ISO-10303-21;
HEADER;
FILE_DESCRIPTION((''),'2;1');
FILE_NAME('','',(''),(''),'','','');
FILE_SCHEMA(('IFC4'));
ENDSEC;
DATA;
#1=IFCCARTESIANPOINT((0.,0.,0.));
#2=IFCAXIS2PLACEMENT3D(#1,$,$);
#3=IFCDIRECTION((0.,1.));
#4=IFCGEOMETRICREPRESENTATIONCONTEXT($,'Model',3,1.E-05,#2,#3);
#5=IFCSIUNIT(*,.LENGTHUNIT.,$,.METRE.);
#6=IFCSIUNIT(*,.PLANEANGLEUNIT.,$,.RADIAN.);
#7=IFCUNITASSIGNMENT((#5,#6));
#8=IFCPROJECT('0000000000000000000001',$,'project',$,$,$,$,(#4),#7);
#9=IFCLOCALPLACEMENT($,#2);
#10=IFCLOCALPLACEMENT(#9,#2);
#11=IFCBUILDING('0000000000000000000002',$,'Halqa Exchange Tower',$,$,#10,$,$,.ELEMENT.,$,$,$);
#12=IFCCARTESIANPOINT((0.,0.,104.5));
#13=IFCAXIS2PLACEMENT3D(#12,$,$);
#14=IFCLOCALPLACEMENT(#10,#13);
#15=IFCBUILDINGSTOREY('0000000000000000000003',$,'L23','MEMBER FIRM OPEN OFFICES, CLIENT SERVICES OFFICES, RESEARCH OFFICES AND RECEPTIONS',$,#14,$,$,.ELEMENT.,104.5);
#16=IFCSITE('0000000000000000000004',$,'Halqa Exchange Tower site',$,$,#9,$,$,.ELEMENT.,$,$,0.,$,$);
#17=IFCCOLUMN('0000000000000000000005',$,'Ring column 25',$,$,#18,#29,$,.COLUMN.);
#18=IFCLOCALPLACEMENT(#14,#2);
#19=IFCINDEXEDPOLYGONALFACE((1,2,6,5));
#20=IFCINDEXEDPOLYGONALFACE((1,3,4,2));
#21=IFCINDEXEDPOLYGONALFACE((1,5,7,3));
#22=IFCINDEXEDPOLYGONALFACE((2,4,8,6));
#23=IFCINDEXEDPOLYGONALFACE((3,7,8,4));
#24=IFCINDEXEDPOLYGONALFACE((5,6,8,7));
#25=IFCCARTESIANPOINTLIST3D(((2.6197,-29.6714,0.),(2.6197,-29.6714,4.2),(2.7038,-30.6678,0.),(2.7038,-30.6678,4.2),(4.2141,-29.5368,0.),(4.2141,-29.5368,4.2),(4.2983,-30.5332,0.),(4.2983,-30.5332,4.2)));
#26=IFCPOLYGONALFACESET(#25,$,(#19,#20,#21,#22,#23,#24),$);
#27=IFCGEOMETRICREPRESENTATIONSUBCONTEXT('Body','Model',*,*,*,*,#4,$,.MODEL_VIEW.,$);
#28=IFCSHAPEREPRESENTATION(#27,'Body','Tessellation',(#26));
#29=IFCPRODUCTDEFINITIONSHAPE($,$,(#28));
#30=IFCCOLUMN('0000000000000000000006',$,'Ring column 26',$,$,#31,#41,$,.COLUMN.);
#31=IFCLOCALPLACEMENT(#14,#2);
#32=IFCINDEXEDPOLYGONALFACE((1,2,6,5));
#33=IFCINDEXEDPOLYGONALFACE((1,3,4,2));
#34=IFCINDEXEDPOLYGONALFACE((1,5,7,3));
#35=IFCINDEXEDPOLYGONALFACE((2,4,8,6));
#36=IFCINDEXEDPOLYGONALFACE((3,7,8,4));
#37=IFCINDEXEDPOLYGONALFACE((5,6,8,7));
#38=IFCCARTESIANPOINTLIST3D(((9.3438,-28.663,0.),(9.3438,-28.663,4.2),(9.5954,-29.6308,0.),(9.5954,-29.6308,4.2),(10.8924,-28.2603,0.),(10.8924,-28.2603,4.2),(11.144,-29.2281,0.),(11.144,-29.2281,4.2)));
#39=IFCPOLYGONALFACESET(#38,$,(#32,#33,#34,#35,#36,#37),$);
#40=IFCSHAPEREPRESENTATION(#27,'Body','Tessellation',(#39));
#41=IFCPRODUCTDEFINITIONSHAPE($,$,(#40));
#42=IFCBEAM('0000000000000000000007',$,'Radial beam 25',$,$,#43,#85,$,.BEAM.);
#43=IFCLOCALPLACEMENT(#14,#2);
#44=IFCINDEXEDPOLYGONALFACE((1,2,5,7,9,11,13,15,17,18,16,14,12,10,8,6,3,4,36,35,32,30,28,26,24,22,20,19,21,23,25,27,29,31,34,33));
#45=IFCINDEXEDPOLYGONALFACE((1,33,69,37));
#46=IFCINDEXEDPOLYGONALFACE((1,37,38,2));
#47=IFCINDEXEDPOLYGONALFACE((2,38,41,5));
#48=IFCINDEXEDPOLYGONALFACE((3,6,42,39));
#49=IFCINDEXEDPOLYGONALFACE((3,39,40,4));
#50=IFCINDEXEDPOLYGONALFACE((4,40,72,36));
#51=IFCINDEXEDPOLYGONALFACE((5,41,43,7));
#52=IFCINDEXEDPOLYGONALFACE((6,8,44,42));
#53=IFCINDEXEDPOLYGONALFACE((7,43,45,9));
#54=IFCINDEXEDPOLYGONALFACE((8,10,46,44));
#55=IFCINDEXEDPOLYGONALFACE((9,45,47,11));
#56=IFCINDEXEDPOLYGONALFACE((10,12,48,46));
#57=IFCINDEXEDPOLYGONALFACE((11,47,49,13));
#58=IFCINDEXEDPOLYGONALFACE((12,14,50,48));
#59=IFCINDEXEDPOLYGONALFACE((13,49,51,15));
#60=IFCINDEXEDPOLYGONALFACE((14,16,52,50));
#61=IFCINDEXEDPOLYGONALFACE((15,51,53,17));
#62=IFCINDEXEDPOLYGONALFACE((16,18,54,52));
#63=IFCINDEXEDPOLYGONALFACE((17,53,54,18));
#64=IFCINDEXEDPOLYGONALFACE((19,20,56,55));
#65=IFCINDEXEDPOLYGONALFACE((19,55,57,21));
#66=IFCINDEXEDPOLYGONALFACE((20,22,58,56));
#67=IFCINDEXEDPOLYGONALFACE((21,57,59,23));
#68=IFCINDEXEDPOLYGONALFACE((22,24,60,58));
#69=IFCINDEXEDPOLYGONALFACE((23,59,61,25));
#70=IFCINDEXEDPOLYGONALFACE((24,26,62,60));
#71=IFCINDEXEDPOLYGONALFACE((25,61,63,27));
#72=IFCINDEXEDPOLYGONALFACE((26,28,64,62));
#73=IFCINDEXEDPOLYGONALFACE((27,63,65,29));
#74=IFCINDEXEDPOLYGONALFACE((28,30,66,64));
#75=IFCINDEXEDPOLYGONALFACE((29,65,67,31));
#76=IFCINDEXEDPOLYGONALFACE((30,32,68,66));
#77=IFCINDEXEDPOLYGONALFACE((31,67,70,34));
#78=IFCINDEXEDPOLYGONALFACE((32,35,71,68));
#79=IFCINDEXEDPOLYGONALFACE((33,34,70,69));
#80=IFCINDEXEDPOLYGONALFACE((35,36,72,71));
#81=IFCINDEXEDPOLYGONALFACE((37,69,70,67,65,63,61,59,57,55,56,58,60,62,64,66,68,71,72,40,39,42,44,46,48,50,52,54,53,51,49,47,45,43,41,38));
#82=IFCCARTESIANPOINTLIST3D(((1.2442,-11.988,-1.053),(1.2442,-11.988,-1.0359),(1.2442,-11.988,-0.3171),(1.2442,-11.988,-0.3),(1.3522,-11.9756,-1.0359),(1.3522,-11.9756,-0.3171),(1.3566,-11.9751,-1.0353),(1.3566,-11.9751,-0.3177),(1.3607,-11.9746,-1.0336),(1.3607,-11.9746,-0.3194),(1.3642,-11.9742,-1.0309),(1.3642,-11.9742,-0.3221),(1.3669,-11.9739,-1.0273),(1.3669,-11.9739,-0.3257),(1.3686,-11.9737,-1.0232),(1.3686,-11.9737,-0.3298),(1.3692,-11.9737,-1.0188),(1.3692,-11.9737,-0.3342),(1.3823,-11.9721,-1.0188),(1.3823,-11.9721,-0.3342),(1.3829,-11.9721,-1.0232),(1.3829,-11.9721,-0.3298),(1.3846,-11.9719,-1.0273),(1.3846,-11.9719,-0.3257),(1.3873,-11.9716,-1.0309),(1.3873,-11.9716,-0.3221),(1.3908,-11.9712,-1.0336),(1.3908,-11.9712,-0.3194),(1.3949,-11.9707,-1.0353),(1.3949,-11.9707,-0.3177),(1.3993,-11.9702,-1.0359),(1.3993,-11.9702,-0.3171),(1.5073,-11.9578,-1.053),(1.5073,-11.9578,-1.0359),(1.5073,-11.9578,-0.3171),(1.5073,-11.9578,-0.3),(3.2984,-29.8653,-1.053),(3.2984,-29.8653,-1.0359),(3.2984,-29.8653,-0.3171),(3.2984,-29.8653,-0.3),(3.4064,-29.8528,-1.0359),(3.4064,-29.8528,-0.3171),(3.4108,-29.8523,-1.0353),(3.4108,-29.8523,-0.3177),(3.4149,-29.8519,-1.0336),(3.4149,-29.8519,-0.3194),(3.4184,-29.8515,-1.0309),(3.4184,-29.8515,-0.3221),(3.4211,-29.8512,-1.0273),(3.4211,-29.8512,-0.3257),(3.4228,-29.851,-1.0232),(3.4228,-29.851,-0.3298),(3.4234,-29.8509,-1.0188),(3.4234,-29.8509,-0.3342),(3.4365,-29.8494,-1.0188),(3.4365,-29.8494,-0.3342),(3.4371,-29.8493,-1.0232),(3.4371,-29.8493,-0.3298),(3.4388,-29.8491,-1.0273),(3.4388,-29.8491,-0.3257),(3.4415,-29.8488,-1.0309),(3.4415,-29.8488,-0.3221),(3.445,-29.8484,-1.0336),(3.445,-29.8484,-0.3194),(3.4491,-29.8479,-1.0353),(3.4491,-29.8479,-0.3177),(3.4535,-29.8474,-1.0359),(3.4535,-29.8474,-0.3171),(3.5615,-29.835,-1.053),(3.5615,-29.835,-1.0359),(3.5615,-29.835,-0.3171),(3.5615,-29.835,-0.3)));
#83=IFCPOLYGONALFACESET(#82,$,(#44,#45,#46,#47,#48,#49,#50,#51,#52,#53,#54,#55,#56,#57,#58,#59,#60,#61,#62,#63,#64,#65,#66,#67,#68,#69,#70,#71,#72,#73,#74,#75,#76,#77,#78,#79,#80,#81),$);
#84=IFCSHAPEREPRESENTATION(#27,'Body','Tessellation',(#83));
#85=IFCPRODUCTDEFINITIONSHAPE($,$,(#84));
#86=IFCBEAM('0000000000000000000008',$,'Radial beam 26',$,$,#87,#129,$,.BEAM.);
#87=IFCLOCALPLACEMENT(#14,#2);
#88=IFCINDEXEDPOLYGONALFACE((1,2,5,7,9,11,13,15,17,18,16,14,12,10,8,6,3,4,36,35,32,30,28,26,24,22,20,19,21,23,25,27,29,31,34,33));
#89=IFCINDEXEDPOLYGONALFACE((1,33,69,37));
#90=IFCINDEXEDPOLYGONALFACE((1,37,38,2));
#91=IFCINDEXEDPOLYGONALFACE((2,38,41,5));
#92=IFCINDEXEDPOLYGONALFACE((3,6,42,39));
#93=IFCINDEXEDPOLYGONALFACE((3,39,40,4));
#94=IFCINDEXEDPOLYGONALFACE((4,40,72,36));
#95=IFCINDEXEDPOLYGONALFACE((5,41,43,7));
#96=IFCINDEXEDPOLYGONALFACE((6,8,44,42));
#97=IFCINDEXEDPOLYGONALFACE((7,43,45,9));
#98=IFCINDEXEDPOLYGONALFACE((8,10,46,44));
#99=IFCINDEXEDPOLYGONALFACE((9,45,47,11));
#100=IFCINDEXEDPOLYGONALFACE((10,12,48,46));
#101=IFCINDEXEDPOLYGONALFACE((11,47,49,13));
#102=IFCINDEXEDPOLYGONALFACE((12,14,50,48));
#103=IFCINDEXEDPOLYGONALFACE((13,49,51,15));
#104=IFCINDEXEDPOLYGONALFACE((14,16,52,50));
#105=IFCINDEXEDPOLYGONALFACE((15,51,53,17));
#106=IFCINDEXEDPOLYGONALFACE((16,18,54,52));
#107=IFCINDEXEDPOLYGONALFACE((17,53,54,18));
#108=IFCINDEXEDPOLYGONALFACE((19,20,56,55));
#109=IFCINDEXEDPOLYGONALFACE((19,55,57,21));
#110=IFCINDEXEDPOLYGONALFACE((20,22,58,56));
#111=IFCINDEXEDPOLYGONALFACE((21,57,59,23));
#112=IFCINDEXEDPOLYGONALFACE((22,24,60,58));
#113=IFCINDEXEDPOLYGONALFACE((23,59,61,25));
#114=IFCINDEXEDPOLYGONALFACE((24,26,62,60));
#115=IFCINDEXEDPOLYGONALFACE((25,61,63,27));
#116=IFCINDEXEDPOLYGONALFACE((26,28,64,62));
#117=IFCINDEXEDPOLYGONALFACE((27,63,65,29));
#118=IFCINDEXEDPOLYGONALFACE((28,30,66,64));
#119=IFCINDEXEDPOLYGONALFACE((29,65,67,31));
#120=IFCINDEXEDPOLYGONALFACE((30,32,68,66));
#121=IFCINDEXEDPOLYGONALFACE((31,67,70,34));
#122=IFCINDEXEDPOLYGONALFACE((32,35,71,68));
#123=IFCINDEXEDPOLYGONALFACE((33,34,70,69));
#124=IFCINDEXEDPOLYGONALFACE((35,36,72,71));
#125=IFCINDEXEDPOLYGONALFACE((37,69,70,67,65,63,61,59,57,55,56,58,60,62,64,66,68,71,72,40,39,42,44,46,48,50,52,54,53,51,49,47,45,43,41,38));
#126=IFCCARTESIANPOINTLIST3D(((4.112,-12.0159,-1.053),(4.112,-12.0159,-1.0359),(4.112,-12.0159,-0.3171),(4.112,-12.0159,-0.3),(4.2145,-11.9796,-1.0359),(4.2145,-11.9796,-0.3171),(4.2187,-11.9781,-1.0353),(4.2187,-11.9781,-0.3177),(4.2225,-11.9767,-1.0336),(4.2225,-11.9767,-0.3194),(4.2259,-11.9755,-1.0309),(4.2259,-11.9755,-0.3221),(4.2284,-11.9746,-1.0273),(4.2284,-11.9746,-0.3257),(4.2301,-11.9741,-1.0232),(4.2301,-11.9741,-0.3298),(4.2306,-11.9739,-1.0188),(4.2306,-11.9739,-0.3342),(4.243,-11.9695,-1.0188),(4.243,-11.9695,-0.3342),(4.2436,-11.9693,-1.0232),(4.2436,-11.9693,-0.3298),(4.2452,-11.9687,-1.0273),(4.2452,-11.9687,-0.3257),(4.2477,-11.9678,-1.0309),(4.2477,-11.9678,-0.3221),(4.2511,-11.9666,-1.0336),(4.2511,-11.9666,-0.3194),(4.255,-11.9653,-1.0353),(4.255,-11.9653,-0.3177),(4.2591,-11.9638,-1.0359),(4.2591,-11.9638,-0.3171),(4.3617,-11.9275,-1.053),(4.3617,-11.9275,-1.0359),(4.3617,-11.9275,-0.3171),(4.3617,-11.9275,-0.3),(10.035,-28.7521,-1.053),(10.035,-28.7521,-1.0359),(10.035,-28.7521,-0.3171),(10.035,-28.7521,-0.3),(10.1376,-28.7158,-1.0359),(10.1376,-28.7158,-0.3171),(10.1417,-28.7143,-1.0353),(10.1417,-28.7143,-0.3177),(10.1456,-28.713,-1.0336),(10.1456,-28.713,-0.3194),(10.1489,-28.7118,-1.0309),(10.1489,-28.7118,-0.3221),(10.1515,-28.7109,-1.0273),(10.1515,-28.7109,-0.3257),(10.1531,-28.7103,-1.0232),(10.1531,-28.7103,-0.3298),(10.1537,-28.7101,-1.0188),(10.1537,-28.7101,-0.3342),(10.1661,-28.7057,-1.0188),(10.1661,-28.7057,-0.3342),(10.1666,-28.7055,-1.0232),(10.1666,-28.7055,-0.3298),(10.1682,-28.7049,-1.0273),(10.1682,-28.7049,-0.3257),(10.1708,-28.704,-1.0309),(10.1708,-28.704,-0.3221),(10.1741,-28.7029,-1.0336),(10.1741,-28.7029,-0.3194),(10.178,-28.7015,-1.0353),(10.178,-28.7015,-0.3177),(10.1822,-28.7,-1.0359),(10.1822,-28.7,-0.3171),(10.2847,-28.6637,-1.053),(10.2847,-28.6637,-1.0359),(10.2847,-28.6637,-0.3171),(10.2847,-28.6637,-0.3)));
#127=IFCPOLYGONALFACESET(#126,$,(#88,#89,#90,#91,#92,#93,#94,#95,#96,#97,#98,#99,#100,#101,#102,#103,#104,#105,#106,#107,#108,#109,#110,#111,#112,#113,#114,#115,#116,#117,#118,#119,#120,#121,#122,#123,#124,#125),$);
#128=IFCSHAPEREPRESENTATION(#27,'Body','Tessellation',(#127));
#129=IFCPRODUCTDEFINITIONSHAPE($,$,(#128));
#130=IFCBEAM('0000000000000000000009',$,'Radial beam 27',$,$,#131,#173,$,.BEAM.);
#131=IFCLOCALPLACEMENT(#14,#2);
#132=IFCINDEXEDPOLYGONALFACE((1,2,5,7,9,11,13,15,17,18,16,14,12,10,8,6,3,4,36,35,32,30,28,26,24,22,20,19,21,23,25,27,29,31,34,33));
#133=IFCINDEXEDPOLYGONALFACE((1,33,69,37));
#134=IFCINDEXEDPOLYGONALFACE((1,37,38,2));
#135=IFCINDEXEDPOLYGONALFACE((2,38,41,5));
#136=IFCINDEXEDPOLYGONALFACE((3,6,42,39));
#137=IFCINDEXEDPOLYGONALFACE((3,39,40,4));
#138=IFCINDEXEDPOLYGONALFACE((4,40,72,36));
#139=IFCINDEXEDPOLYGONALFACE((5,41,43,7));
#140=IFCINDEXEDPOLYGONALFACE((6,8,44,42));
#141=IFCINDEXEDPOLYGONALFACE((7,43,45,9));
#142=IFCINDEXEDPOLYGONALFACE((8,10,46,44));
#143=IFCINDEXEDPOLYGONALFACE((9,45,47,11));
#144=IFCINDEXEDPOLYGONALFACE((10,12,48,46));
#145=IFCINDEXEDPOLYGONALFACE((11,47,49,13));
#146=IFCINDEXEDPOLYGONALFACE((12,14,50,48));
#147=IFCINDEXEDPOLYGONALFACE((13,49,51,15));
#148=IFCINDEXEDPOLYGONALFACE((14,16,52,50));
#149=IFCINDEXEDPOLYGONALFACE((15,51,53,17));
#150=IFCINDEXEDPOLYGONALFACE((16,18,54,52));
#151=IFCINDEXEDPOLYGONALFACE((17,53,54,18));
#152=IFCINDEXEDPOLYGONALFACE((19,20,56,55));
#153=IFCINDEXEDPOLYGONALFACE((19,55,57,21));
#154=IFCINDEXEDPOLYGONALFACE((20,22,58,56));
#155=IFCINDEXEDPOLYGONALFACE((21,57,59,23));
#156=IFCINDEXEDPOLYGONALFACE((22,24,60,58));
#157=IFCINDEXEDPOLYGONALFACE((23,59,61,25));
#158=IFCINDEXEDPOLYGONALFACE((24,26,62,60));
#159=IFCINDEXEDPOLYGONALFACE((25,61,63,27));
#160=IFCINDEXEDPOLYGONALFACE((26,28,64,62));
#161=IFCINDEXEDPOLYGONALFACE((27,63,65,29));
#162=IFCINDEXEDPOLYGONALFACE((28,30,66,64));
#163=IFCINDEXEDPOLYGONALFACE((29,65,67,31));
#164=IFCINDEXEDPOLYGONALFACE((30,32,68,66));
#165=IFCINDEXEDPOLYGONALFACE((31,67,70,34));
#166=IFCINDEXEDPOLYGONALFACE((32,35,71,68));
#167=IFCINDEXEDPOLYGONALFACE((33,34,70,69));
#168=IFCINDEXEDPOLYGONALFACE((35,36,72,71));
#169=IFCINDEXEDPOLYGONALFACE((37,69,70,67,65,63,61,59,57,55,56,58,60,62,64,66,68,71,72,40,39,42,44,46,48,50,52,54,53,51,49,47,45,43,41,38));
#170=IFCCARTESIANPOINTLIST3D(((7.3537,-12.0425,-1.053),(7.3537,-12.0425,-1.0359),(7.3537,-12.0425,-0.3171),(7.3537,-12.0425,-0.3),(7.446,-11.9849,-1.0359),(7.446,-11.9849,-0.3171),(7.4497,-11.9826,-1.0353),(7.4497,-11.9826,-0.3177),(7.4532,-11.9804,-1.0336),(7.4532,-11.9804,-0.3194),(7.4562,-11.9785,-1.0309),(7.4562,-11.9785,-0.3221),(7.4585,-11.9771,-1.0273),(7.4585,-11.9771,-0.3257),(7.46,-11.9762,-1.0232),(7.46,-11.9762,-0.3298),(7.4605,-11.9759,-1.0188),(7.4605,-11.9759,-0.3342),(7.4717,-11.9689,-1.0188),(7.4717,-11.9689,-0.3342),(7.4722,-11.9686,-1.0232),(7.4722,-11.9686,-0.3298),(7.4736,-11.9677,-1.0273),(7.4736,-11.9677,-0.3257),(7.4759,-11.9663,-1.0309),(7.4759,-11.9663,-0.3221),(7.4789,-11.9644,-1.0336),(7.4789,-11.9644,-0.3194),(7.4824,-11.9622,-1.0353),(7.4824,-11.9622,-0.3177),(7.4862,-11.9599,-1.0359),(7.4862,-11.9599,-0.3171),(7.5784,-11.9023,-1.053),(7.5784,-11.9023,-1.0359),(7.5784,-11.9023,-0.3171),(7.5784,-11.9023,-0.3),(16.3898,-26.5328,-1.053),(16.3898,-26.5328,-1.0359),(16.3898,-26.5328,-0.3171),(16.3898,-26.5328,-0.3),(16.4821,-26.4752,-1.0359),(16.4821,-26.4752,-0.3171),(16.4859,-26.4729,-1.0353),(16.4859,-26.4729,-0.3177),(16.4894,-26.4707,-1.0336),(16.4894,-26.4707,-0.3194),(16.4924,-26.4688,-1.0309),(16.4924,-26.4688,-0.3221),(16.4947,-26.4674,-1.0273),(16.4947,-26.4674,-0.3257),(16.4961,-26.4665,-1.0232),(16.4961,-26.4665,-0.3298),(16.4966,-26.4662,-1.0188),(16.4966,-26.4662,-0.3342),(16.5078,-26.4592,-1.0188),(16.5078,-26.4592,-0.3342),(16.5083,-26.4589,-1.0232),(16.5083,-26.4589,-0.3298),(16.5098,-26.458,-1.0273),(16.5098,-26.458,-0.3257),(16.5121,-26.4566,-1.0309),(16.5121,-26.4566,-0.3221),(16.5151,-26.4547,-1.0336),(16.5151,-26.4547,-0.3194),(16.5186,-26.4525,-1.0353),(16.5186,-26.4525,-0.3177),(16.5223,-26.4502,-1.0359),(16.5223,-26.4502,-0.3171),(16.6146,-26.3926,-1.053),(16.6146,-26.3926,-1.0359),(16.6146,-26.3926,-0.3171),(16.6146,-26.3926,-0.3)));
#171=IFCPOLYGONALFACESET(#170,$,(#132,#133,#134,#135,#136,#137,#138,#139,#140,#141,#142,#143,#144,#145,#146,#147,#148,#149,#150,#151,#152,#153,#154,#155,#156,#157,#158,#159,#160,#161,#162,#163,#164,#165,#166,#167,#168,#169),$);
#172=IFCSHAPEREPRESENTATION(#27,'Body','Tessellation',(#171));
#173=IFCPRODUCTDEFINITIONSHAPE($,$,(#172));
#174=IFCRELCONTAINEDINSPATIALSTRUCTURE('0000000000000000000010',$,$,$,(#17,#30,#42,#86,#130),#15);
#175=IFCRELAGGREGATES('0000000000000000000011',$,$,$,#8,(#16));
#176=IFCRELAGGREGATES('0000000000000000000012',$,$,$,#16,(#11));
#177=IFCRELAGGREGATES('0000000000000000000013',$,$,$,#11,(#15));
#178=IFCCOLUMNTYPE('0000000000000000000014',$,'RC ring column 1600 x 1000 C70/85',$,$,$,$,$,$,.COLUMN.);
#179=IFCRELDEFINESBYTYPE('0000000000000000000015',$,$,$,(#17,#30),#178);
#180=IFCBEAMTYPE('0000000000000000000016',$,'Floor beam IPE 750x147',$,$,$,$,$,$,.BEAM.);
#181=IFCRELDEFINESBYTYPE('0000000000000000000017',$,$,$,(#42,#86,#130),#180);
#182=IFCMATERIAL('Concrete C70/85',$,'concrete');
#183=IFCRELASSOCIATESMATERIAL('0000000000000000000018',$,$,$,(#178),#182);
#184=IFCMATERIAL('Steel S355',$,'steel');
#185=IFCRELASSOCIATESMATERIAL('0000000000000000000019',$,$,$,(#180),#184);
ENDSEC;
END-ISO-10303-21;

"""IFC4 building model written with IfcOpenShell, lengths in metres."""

from ifc_helpers import new_model, si_unit, direction, frame, origin, origin_2d, place, context, subcontext, project, spatial, rectangle, i_section, extrude, material, material_profile, profile_set, type_object, element, save


model = new_model("IFC4")

# Units and contexts
model_context = context("Model", 3, precision=1e-05, world=origin(), true_north=direction((0.0, 1.0)))
body_context = subcontext(model_context, "Body", "Model", "MODEL_VIEW")
ifc_project = project(units=[si_unit("LENGTHUNIT", "METRE"), si_unit("PLANEANGLEUNIT", "RADIAN")], contexts=[model_context])

# Site, building, storey
site_placement = place(None, origin())
site = spatial("IfcSite", under=ifc_project, at=site_placement, Name="Halqa Exchange Tower site", CompositionType="ELEMENT", RefElevation=0.0)
building_placement = place(site_placement, origin())
building = spatial("IfcBuilding", under=site, at=building_placement, Name="Halqa Exchange Tower", CompositionType="ELEMENT")
storey_placement = place(building_placement, frame((0.0, 0.0, 104.5)))
storey = spatial("IfcBuildingStorey", under=building, at=storey_placement, Name="L23", Description="MEMBER FIRM OPEN OFFICES, CLIENT SERVICES OFFICES, RESEARCH OFFICES AND RECEPTIONS", CompositionType="ELEMENT", Elevation=104.5)

# Columns
ifc_material_1 = material(Name="Concrete C70/85", Category="concrete")
ifc_material_profile_1 = material_profile(ifc_material_1, rectangle(XDim=1.6001, YDim=1.0, at=origin_2d()), Name="1600 x 1000")
ifc_profile_set_1 = profile_set([ifc_material_profile_1], Name="Concrete C70/85")
column_type = type_object("IfcColumnType", Name="RC ring column 1600 x 1000 C70/85", PredefinedType="COLUMN", material=ifc_profile_set_1)
for number, where, z_axis, x_axis, name in (
    (1, (3.459, -30.1023, 0.0), (0.0, 0.0, 1.0), (0.996456, 0.08412, 0.0), "Ring column 25"),
    (2, (10.2439, -28.9456, 0.0), (0.0, 0.0, 1.0), (0.96782, 0.251644, 0.0), "Ring column 26"),
):
    element("IfcColumn", number, at=place(storey_placement, frame(where, z_axis=z_axis, x_axis=x_axis)), inside=storey, type_object=column_type, Name=name, PredefinedType="COLUMN", context=body_context, shape_type="SweptSolid", body=[
        extrude(rectangle(XDim=1.6001, YDim=1.0, at=origin_2d()), origin(), (0.0, 0.0, 1.0), 4.2),
    ])

# Beams
ifc_material_2 = material(Name="Steel S355", Category="steel")
ifc_material_profile_2 = material_profile(ifc_material_2, i_section(OverallWidth=0.2649, OverallDepth=0.7529, WebThickness=0.0132, FlangeThickness=0.0171, FilletRadius=0.0171, at=origin_2d()), Name="IPE 750x147")
ifc_profile_set_2 = profile_set([ifc_material_profile_2], Name="Steel S355")
beam_type_1 = type_object("IfcBeamType", Name="Floor beam IPE 750x147", PredefinedType="BEAM", material=ifc_profile_set_2)
beam_1_placement = place(storey_placement, frame((1.3757, -11.9729, -0.6765), z_axis=(0.114155, -0.993463, 0.0), x_axis=(0.993463, 0.114155, 0.0)))
element("IfcBeam", 3, at=beam_1_placement, inside=storey, type_object=beam_type_1, Name="Radial beam 25", PredefinedType="BEAM", context=body_context, shape_type="SweptSolid", body=[
    extrude(i_section(OverallWidth=0.2649, OverallDepth=0.7529, WebThickness=0.0132, FlangeThickness=0.0171, FilletRadius=0.0171, at=origin_2d()), origin(), (0.0, 0.0, 1.0), 17.9949),
])
beam_2_placement = place(storey_placement, frame((4.2368, -11.9717, -0.6765), z_axis=(0.333629, -0.942704, 0.0), x_axis=(0.942704, 0.333629, 0.0)))
element("IfcBeam", 4, at=beam_2_placement, inside=storey, type_object=beam_type_1, Name="Radial beam 26", PredefinedType="BEAM", context=body_context, shape_type="SweptSolid", body=[
    extrude(i_section(OverallWidth=0.2649, OverallDepth=0.7529, WebThickness=0.0132, FlangeThickness=0.0171, FilletRadius=0.0171, at=origin_2d()), origin(), (0.0, 0.0, 1.0), 17.7534),
])
beam_3_placement = place(storey_placement, frame((7.4661, -11.9724, -0.6765), z_axis=(0.529145, -0.848531, 0.0), x_axis=(0.848531, 0.529145, 0.0)))
element("IfcBeam", 5, at=beam_3_placement, inside=storey, type_object=beam_type_1, Name="Radial beam 27", PredefinedType="BEAM", context=body_context, shape_type="SweptSolid", body=[
    extrude(i_section(OverallWidth=0.2649, OverallDepth=0.7529, WebThickness=0.0132, FlangeThickness=0.0171, FilletRadius=0.0171, at=origin_2d()), origin(), (0.0, 0.0, 1.0), 17.0769),
])

save(model, "model.ifc")
